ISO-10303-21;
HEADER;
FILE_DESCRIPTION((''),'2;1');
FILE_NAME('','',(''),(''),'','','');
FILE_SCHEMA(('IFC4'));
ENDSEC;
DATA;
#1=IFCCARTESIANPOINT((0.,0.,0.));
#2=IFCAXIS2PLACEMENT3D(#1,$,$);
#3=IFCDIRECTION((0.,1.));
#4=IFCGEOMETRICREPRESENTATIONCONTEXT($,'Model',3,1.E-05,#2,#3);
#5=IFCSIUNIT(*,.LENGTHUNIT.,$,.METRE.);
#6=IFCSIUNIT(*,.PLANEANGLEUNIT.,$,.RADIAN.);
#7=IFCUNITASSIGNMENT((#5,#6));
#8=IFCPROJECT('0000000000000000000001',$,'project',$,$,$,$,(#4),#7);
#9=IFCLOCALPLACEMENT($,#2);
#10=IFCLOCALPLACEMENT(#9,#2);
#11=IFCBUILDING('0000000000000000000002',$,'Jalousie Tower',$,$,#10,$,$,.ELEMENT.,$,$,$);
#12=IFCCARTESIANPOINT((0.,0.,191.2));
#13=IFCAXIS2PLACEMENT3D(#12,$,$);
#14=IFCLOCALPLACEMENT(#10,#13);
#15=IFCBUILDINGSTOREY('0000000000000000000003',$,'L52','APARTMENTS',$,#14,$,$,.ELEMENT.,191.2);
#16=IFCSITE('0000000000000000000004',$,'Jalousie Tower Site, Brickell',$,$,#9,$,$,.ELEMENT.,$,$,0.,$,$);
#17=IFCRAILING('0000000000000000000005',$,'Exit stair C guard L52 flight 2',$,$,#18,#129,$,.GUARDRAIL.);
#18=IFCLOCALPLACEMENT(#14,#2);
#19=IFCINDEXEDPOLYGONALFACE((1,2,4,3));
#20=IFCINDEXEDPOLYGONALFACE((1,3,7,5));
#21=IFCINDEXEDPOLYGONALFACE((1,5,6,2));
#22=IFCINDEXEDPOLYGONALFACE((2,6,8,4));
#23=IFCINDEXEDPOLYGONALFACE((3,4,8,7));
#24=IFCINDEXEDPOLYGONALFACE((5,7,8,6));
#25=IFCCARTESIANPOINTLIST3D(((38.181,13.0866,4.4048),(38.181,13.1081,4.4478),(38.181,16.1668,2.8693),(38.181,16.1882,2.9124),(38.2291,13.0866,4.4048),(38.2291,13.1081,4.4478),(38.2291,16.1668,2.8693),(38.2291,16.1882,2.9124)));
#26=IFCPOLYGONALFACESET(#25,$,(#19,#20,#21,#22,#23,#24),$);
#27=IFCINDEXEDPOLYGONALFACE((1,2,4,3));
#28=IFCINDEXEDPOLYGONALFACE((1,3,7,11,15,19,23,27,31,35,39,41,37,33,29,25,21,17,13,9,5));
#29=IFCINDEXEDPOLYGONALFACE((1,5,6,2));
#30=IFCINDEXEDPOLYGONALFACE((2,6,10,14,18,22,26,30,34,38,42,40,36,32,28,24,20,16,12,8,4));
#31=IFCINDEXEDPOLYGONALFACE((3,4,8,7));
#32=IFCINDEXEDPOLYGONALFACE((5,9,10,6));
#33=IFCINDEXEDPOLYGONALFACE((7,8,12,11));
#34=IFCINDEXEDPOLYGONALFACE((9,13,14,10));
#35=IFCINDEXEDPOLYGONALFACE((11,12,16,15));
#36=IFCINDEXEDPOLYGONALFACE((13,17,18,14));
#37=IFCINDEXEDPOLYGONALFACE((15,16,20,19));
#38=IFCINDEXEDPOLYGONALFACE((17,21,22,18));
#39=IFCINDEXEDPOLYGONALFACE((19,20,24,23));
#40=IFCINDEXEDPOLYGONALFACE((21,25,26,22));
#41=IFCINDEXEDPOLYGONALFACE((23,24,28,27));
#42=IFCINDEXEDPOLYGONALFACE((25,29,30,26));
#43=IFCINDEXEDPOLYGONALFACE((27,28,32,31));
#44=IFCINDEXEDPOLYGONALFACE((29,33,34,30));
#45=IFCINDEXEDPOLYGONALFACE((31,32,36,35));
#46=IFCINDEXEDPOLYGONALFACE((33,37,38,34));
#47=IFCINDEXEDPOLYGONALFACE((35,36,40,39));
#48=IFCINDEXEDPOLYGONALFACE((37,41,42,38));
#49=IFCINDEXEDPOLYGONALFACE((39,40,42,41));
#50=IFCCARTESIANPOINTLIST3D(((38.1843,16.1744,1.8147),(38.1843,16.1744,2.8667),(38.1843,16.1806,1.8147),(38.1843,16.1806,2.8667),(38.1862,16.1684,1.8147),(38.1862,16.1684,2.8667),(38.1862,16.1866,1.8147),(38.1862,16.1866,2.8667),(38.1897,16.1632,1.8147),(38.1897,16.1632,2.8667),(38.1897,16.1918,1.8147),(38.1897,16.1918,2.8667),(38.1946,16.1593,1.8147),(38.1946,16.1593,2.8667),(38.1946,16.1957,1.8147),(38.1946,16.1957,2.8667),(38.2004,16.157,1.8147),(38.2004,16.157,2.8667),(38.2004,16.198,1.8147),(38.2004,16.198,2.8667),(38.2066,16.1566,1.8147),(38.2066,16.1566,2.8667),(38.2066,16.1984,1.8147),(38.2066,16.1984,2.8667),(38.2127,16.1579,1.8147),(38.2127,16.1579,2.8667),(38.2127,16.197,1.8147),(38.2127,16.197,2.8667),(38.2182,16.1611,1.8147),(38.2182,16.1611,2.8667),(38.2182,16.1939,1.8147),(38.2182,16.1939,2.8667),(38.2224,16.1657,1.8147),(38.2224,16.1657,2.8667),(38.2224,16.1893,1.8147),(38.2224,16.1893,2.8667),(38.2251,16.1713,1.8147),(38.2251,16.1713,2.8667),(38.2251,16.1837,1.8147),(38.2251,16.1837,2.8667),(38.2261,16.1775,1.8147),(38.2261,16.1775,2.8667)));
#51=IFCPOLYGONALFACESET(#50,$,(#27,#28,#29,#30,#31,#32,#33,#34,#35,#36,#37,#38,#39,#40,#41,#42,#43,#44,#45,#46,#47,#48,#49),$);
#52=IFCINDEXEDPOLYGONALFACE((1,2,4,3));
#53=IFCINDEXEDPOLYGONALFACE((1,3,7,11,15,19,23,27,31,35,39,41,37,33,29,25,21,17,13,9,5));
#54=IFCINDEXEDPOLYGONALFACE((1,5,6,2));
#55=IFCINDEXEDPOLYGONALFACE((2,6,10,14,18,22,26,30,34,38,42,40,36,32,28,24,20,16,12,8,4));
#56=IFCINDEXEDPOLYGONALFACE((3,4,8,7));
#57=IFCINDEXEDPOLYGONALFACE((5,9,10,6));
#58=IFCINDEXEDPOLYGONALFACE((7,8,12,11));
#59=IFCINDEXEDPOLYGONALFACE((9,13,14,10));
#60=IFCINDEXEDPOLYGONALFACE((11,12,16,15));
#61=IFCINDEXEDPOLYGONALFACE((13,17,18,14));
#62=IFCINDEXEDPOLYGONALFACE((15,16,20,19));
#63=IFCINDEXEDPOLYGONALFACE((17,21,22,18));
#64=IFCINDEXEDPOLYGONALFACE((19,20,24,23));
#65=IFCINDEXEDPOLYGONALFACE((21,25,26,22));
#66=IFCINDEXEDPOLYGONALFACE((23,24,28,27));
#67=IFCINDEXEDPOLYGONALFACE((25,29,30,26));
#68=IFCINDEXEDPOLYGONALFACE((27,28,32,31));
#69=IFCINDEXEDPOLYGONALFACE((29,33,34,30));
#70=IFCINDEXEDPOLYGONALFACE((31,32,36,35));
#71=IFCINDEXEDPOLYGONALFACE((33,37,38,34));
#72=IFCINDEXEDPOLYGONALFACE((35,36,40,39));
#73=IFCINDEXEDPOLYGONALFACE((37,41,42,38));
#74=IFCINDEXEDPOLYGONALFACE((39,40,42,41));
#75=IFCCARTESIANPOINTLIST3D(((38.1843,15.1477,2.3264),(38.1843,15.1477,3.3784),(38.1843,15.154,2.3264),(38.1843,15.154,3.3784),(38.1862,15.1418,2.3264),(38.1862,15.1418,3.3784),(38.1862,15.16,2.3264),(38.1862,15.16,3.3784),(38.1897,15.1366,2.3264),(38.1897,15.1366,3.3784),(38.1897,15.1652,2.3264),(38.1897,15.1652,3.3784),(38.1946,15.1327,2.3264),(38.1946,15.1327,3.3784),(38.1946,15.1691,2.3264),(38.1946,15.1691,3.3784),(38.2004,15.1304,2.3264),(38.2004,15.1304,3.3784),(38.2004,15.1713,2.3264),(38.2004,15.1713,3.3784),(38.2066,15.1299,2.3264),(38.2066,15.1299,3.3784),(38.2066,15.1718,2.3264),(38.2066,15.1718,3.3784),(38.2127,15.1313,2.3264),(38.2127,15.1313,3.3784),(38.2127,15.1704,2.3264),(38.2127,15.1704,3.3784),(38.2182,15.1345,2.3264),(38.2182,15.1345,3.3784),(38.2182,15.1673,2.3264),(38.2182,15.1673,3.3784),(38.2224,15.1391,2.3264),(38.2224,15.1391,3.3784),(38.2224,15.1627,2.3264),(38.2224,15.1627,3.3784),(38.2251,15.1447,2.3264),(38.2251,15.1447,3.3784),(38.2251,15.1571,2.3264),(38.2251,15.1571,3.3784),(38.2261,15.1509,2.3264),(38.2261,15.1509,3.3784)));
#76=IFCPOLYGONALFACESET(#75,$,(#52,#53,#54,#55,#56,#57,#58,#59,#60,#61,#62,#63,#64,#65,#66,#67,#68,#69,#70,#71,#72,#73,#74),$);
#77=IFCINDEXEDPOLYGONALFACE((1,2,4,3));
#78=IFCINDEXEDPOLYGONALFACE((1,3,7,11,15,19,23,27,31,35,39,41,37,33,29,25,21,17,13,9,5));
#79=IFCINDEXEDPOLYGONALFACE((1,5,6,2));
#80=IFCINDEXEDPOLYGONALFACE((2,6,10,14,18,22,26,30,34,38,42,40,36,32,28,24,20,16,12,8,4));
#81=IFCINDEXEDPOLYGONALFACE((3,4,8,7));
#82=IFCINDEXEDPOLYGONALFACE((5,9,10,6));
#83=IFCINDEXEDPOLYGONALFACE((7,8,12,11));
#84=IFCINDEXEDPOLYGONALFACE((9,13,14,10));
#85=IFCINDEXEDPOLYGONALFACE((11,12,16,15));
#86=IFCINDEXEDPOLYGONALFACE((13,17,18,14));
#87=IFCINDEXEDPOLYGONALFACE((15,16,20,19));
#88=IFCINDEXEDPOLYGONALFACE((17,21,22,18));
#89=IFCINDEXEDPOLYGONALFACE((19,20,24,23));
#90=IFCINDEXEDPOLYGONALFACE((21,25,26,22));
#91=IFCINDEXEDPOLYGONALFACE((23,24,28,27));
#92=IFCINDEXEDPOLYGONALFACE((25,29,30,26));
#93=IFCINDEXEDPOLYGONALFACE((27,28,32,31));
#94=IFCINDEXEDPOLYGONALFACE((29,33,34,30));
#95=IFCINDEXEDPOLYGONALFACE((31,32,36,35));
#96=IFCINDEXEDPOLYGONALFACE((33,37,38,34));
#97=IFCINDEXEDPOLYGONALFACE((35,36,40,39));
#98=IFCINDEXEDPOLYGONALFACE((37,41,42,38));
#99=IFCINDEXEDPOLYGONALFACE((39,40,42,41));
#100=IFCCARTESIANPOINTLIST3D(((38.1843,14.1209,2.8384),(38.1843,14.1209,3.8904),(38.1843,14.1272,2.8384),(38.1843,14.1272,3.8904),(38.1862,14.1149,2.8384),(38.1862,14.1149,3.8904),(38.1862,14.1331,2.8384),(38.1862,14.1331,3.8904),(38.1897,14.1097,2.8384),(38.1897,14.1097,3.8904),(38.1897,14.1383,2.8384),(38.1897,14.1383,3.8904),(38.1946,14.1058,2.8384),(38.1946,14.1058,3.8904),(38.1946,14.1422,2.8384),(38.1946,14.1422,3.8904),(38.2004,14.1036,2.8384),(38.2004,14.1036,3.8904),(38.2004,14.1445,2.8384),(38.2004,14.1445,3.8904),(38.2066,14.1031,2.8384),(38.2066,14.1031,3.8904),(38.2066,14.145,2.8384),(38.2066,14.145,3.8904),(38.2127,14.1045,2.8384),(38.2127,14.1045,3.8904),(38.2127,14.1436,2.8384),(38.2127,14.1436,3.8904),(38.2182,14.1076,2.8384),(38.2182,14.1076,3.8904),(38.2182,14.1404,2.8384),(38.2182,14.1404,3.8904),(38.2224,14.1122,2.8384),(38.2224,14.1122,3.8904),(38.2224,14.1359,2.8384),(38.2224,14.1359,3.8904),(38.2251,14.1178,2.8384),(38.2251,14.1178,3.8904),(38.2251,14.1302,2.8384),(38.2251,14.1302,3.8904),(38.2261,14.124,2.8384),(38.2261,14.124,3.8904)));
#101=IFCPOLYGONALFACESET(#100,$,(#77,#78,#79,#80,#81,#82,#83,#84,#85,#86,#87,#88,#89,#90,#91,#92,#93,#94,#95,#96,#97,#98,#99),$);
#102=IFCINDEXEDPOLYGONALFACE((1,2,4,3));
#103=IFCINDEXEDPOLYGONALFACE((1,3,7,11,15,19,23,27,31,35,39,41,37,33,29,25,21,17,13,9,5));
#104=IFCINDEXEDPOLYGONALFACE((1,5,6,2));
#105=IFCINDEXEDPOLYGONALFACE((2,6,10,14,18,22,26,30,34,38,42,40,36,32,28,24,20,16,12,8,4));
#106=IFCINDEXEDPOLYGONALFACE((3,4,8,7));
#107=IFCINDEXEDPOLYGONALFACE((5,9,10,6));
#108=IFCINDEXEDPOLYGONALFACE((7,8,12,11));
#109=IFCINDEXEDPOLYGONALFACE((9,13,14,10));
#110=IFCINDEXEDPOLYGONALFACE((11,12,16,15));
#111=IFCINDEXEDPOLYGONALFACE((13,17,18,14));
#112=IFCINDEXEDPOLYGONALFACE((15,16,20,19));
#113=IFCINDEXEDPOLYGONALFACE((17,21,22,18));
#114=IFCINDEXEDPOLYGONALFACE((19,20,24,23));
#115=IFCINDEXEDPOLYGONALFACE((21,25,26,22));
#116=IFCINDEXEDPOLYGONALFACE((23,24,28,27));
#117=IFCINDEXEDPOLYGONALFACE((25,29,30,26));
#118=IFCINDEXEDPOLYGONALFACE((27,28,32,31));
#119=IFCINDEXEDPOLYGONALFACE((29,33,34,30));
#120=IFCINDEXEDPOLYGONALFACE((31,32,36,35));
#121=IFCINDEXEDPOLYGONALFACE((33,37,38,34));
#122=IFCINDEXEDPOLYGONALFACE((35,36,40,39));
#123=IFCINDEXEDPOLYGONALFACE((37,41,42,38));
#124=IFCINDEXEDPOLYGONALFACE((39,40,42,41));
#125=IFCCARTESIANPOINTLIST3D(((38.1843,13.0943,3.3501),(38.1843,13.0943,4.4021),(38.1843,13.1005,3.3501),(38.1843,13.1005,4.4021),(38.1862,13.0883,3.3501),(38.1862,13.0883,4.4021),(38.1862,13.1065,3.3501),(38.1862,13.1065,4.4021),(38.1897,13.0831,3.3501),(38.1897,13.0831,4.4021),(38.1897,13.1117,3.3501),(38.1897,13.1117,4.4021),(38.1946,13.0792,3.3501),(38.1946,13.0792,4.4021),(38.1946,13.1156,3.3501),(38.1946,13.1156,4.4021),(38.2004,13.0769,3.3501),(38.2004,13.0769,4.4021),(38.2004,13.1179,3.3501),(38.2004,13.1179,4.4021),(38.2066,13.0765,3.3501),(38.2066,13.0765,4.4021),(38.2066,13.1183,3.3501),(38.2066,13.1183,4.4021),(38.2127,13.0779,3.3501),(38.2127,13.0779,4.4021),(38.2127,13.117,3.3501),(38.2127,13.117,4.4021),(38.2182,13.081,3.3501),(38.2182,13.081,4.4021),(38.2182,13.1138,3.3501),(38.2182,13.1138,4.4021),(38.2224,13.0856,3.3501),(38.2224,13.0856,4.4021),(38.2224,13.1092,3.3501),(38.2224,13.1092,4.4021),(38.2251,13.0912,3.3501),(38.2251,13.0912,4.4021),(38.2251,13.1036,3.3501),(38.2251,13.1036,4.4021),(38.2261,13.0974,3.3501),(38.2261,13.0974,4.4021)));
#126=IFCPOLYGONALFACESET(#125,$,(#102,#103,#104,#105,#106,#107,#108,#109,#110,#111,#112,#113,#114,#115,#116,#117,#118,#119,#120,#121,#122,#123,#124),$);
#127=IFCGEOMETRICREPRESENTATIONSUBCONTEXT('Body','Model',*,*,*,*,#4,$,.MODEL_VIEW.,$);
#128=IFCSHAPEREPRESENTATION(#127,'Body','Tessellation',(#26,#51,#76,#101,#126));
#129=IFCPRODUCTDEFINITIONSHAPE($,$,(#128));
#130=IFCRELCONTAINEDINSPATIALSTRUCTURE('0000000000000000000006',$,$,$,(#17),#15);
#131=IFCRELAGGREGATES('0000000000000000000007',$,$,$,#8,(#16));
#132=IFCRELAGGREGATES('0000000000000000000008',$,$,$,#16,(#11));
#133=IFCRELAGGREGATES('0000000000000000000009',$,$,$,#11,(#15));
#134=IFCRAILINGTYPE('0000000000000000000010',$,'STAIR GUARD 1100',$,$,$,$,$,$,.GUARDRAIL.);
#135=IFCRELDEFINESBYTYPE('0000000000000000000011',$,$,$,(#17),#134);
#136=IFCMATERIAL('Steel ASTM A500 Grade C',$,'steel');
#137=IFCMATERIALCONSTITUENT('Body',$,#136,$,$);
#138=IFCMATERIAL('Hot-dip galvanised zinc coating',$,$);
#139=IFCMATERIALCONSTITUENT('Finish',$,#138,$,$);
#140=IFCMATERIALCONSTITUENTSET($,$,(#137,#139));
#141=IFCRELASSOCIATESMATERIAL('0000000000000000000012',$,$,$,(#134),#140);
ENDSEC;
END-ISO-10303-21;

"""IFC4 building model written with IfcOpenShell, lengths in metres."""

from ifc_helpers import new_model, si_unit, direction, frame, origin, origin_2d, place, context, subcontext, project, spatial, rectangle, circle, extrude, material, constituent, constituent_set, type_object, element, save


model = new_model("IFC4")

# Units and contexts
model_context = context("Model", 3, precision=1e-05, world=origin(), true_north=direction((0.0, 1.0)))
body_context = subcontext(model_context, "Body", "Model", "MODEL_VIEW")
ifc_project = project(units=[si_unit("LENGTHUNIT", "METRE"), si_unit("PLANEANGLEUNIT", "RADIAN")], contexts=[model_context])

# Site, building, storey
site_placement = place(None, origin())
site = spatial("IfcSite", under=ifc_project, at=site_placement, Name="Jalousie Tower Site, Brickell", CompositionType="ELEMENT", RefElevation=0.0)
building_placement = place(site_placement, origin())
building = spatial("IfcBuilding", under=site, at=building_placement, Name="Jalousie Tower", CompositionType="ELEMENT")
storey_placement = place(building_placement, frame((0.0, 0.0, 191.2)))
storey = spatial("IfcBuildingStorey", under=building, at=storey_placement, Name="L52", Description="APARTMENTS", CompositionType="ELEMENT", Elevation=191.2)

# Railing
ifc_material_1 = material(Name="Steel ASTM A500 Grade C", Category="steel")
ifc_constituent_1 = constituent(ifc_material_1, Name="Body")
ifc_material_2 = material(Name="Hot-dip galvanised zinc coating")
ifc_constituent_2 = constituent(ifc_material_2, Name="Finish")
ifc_constituent_set_1 = constituent_set(constituents=[ifc_constituent_1, ifc_constituent_2])
railing_type_1 = type_object("IfcRailingType", Name="STAIR GUARD 1100", PredefinedType="GUARDRAIL", material=ifc_constituent_set_1)
railing_1_placement = place(storey_placement, frame((38.2051, 16.1775, 1.8147)))
element("IfcRailing", 1, at=railing_1_placement, inside=storey, type_object=railing_type_1, Name="Exit stair C guard L52 flight 2", PredefinedType="GUARDRAIL", context=body_context, shape_type="SweptSolid", body=[
    extrude(rectangle(XDim=0.0481, YDim=0.0481, at=origin_2d()), frame((0.0, 0.0, 1.0762), z_axis=(0.0, -0.894966, 0.446135), x_axis=(1.0, 0.0, 0.0)), (0.0, 0.0, 1.0), 3.4417),
    extrude(circle(Radius=0.021, at=origin_2d()), origin(), (0.0, 0.0, 1.0), 1.052),
    extrude(circle(Radius=0.021, at=origin_2d()), frame((0.0, -1.0266, 0.5117)), (0.0, 0.0, 1.0), 1.052),
    extrude(circle(Radius=0.021, at=origin_2d()), frame((0.0, -2.0535, 1.0237)), (0.0, 0.0, 1.0), 1.052),
    extrude(circle(Radius=0.021, at=origin_2d()), frame((0.0, -3.0801, 1.5354)), (0.0, 0.0, 1.0), 1.052),
])

save(model, "model.ifc")
